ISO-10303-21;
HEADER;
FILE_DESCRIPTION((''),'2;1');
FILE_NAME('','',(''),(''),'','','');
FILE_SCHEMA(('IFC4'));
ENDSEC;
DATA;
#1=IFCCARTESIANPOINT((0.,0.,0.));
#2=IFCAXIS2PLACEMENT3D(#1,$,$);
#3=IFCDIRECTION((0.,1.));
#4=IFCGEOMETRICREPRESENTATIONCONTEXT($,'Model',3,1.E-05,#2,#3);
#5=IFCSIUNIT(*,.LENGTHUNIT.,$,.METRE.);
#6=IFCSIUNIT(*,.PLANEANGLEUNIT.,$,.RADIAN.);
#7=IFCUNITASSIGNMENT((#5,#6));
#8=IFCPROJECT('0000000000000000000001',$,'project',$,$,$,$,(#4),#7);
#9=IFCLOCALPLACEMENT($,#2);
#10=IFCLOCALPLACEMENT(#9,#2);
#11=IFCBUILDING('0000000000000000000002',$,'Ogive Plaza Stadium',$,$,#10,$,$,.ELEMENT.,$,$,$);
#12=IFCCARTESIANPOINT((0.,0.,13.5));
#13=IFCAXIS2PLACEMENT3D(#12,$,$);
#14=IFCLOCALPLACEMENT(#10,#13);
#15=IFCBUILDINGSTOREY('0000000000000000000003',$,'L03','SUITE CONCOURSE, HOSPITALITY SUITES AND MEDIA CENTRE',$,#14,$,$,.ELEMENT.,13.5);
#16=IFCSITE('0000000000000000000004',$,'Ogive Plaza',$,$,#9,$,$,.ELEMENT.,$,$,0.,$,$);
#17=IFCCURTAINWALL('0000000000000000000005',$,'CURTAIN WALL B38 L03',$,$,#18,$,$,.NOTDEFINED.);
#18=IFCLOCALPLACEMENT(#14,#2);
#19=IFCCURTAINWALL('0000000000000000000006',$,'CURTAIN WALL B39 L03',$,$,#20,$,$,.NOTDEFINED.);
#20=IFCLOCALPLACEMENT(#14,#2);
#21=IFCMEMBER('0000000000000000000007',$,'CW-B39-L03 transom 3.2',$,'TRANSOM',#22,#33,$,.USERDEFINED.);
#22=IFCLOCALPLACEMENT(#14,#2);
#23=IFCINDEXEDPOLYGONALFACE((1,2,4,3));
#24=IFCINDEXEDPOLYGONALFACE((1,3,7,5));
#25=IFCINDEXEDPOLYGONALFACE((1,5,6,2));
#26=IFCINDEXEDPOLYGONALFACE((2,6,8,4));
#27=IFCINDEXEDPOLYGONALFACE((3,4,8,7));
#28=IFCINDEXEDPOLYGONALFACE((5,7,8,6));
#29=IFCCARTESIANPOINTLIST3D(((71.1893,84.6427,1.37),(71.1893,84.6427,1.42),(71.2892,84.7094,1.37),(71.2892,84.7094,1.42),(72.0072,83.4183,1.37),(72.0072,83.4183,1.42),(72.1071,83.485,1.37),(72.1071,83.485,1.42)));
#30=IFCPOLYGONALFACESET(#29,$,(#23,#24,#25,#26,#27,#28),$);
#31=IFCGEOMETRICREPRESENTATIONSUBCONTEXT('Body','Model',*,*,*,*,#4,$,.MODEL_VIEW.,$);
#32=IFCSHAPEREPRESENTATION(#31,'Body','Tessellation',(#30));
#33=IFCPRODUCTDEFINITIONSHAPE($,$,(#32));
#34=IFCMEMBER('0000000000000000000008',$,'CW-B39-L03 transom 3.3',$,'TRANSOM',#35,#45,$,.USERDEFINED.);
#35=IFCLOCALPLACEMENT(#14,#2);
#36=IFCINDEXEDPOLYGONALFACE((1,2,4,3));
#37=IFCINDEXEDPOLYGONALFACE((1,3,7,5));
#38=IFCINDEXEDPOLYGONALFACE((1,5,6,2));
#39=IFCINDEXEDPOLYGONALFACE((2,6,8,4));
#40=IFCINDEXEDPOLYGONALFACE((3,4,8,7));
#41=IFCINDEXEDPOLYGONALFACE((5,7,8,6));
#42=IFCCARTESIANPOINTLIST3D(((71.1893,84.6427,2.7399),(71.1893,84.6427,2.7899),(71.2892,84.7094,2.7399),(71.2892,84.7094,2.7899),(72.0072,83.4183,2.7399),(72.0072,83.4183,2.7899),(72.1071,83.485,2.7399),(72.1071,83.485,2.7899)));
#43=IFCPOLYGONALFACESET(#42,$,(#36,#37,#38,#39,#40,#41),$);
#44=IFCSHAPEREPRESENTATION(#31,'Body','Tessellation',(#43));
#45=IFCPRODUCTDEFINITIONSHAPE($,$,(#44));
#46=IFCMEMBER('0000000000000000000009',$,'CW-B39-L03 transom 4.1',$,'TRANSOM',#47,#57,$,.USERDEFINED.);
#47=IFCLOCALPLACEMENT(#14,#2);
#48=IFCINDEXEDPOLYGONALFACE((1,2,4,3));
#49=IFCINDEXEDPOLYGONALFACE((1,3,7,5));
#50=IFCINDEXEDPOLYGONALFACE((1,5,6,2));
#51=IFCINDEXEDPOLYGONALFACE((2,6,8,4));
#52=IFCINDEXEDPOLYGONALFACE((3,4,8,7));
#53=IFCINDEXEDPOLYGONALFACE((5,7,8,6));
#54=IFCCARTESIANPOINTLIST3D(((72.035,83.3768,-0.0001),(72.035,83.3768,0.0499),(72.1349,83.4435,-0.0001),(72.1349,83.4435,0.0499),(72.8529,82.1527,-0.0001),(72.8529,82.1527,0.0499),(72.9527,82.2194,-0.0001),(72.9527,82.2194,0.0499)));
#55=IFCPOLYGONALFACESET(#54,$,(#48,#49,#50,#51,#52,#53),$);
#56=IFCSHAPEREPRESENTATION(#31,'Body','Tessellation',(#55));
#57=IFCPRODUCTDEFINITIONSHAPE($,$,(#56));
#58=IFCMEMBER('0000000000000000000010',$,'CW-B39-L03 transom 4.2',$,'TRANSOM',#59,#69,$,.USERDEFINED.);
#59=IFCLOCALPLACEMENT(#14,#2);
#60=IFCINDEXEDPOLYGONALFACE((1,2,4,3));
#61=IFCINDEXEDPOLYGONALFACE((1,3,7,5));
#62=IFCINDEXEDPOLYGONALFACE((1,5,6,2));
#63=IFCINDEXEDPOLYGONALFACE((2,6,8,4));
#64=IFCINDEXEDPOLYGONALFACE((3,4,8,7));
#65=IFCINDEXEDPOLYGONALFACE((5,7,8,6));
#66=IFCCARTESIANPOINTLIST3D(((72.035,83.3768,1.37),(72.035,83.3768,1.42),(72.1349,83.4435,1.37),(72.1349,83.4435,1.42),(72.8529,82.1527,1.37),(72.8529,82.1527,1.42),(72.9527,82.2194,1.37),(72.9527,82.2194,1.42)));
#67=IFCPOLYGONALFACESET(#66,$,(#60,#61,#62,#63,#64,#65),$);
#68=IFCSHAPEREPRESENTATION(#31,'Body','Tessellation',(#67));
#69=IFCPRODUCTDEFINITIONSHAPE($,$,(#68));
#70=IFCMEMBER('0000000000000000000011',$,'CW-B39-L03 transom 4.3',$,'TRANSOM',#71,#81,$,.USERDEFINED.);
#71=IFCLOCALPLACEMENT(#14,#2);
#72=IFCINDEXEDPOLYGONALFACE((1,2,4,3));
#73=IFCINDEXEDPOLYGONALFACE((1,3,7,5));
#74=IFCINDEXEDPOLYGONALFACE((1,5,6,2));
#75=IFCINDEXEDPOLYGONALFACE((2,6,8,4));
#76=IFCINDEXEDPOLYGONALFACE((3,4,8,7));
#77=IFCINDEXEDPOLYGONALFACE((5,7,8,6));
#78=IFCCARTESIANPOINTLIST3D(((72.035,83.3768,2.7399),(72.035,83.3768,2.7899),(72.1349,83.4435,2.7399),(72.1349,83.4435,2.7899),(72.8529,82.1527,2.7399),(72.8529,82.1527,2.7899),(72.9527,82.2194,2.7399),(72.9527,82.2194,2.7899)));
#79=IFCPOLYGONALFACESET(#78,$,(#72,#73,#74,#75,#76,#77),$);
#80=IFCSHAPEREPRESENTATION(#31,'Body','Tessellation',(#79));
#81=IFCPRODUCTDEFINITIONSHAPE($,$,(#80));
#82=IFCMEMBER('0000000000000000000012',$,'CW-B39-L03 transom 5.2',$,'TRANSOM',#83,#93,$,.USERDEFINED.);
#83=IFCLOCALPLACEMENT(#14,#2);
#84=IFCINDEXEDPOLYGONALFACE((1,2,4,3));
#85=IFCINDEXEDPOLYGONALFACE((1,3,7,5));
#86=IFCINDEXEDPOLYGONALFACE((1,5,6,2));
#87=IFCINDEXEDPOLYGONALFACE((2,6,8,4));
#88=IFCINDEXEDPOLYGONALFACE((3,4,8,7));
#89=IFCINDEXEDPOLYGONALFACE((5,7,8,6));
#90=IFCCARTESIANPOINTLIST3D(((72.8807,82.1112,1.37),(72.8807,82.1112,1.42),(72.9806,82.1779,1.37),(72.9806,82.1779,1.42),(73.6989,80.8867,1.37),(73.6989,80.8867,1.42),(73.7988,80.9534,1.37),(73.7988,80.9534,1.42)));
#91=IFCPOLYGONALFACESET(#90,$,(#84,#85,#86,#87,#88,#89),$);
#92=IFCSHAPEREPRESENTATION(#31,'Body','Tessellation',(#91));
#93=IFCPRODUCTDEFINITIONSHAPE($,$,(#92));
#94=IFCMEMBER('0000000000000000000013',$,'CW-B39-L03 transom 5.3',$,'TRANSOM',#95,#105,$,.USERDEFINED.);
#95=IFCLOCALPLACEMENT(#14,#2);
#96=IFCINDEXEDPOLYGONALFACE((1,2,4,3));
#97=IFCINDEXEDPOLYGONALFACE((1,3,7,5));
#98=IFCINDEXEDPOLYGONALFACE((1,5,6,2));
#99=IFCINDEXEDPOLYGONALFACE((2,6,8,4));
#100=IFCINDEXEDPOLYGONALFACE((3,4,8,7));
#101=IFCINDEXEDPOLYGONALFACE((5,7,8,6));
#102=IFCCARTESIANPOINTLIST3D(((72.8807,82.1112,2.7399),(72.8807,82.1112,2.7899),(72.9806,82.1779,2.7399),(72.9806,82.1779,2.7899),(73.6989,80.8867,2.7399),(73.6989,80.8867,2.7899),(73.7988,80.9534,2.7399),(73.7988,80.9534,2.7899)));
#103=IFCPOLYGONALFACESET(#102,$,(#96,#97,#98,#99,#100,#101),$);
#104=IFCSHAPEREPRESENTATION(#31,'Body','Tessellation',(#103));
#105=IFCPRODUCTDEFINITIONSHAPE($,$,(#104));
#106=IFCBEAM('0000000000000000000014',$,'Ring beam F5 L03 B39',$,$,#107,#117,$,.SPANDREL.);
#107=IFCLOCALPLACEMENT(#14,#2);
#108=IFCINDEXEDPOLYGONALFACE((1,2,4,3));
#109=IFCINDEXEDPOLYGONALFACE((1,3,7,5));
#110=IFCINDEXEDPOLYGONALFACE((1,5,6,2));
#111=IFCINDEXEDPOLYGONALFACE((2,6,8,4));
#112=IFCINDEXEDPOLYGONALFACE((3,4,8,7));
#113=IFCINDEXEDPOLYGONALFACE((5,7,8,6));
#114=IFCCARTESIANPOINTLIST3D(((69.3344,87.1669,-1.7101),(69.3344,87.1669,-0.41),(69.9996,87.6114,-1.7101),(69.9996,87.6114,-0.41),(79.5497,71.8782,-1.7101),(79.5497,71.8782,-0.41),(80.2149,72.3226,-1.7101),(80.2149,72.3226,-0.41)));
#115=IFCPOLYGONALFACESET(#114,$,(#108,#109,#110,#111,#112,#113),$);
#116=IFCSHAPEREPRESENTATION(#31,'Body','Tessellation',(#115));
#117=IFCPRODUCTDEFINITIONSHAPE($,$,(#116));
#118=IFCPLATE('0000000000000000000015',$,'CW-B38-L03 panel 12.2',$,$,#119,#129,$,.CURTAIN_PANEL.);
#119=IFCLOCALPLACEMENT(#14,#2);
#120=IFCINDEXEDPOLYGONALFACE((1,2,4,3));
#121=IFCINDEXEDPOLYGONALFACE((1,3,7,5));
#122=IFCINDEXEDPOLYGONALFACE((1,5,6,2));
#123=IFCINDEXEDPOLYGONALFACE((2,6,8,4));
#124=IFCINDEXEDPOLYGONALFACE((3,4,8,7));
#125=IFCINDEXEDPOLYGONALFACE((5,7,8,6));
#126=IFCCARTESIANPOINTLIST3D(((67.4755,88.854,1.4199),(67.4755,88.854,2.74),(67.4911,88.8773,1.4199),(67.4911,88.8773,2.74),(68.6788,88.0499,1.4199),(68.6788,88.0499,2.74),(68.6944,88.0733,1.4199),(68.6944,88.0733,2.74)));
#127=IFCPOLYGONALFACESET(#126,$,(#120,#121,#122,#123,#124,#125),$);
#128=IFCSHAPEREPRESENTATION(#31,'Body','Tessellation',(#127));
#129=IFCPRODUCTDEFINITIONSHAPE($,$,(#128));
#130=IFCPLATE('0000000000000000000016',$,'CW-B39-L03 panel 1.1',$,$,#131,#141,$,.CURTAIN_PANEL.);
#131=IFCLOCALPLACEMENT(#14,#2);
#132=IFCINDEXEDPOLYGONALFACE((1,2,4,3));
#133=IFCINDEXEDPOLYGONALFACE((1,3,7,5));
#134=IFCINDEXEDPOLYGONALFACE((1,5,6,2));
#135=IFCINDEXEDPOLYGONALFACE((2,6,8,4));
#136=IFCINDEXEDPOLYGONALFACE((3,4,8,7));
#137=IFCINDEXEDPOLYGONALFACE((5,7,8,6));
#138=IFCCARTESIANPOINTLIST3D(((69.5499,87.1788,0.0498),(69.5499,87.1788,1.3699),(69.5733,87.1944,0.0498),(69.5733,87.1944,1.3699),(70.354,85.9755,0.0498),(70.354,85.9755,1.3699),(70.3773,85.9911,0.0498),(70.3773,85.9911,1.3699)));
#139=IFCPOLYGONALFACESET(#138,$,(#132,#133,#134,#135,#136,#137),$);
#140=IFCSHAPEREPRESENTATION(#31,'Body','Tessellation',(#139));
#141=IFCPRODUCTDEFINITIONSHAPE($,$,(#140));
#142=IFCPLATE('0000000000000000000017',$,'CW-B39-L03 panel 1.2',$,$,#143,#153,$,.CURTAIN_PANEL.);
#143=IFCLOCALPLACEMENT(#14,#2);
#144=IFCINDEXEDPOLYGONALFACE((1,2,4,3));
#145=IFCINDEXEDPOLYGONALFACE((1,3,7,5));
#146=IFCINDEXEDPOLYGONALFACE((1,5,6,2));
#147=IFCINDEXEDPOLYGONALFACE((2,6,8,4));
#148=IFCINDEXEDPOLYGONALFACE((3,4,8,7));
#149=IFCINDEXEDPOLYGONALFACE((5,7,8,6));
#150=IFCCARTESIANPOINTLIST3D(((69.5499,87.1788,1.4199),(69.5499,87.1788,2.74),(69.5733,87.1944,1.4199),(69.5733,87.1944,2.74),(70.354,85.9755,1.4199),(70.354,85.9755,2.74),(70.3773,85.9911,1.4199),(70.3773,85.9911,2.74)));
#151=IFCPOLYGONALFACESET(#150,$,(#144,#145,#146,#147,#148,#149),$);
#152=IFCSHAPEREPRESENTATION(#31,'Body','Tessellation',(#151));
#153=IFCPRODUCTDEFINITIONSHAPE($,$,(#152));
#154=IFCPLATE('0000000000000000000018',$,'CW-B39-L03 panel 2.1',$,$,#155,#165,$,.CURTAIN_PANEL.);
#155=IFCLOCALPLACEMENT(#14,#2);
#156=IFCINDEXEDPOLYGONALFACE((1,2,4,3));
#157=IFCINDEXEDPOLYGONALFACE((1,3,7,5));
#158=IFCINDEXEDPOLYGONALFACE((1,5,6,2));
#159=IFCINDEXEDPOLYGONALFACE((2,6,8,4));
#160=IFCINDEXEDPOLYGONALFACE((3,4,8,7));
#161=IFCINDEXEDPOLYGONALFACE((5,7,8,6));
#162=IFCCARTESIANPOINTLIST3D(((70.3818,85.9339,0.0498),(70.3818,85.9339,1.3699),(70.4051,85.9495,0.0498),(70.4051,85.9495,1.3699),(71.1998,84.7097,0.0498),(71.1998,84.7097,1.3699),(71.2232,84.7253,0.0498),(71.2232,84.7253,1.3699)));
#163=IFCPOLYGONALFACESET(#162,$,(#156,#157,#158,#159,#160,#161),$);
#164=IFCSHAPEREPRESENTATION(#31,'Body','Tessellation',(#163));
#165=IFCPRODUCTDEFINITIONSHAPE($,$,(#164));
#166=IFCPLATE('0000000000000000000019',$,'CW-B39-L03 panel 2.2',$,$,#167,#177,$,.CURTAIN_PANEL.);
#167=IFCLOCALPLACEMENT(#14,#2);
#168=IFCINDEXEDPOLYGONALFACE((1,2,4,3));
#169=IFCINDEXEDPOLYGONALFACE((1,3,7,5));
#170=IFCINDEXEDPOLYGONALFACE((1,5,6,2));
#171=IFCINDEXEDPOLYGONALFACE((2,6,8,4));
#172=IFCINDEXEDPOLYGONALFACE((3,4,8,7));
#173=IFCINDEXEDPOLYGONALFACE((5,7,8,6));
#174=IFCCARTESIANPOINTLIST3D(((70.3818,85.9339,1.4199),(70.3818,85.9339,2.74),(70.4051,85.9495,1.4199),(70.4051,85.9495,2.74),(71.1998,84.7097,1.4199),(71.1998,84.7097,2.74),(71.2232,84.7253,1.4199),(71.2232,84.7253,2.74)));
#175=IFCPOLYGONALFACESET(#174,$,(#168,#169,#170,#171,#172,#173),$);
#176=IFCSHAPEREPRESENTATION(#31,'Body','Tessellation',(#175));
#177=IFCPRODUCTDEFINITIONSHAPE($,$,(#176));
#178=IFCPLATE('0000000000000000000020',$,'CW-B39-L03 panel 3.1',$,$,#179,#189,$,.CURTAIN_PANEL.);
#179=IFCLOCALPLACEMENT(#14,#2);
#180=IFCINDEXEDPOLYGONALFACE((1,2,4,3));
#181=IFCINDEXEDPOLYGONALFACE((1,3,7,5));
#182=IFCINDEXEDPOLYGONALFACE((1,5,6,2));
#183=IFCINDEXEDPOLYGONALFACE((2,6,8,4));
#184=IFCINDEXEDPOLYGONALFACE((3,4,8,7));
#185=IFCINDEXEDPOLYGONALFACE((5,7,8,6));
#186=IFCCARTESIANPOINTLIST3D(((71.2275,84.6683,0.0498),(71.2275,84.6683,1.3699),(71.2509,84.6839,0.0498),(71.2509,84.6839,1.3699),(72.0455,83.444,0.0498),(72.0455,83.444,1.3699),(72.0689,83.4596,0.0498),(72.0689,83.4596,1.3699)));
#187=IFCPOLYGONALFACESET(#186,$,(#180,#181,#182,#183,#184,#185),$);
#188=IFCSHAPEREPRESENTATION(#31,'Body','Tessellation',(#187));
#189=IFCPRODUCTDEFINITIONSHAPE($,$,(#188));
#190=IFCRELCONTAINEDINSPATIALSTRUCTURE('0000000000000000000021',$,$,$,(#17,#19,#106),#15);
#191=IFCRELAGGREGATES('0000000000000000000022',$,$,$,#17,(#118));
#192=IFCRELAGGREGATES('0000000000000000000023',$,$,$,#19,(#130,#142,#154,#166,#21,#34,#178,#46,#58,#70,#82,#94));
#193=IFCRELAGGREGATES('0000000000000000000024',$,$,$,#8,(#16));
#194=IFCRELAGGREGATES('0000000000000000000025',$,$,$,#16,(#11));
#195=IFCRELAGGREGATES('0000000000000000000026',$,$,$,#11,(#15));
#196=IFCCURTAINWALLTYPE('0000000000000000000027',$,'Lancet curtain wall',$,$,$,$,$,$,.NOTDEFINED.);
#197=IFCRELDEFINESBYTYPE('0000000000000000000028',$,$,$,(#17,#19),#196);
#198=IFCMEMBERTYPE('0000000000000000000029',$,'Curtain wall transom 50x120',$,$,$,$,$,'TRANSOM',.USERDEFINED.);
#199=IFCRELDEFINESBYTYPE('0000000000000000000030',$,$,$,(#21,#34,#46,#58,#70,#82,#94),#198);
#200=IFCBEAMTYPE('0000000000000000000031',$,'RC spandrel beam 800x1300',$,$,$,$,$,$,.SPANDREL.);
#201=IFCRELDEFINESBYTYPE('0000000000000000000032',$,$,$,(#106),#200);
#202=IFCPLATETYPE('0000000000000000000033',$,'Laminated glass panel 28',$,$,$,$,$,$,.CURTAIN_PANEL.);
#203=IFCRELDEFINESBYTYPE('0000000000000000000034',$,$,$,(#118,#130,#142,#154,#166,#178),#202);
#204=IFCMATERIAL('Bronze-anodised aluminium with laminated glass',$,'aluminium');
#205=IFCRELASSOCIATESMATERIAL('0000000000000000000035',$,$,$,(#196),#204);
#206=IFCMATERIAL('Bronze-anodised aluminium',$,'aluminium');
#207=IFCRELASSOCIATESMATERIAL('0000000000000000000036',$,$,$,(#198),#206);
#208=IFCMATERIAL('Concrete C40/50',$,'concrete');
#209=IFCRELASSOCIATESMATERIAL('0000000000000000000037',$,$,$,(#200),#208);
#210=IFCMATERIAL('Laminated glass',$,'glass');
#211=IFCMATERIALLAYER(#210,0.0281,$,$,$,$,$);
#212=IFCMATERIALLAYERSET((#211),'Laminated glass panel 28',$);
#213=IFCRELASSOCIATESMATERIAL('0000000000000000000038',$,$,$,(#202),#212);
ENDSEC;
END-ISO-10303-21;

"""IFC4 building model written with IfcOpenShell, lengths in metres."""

from ifc_helpers import new_model, si_unit, direction, frame, origin, origin_2d, place, context, subcontext, project, spatial, rectangle, extrude, material, layer, layer_set, material_profile, profile_set, type_object, element, aggregate, save


model = new_model("IFC4")

# Units and contexts
model_context = context("Model", 3, precision=1e-05, world=origin(), true_north=direction((0.0, 1.0)))
body_context = subcontext(model_context, "Body", "Model", "MODEL_VIEW")
ifc_project = project(units=[si_unit("LENGTHUNIT", "METRE"), si_unit("PLANEANGLEUNIT", "RADIAN")], contexts=[model_context])

# Site, building, storey
site_placement = place(None, origin())
site = spatial("IfcSite", under=ifc_project, at=site_placement, Name="Ogive Plaza", CompositionType="ELEMENT", RefElevation=0.0)
building_placement = place(site_placement, origin())
building = spatial("IfcBuilding", under=site, at=building_placement, Name="Ogive Plaza Stadium", CompositionType="ELEMENT")
storey_placement = place(building_placement, frame((0.0, 0.0, 13.5)))
storey = spatial("IfcBuildingStorey", under=building, at=storey_placement, Name="L03", Description="SUITE CONCOURSE, HOSPITALITY SUITES AND MEDIA CENTRE", CompositionType="ELEMENT", Elevation=13.5)

# Curtain wall
ifc_material_1 = material(Name="Bronze-anodised aluminium with laminated glass", Category="aluminium")
curtain_wall_type = type_object("IfcCurtainWallType", Name="Lancet curtain wall", PredefinedType="NOTDEFINED", material=ifc_material_1)
curtain_wall_1_placement = place(storey_placement, origin())
curtain_wall_1 = element("IfcCurtainWall", 1, at=curtain_wall_1_placement, inside=storey, type_object=curtain_wall_type, Name="CURTAIN WALL B38 L03", PredefinedType="NOTDEFINED")

# Curtain wall, members
curtain_wall_2_placement = place(storey_placement, origin())
curtain_wall_2 = element("IfcCurtainWall", 2, at=curtain_wall_2_placement, inside=storey, type_object=curtain_wall_type, Name="CURTAIN WALL B39 L03", PredefinedType="NOTDEFINED")
ifc_material_2 = material(Name="Bronze-anodised aluminium", Category="aluminium")
ifc_material_profile_1 = material_profile(ifc_material_2, rectangle(XDim=0.1201, YDim=0.05, at=origin_2d()), Name="AL 120x50")
ifc_profile_set_1 = profile_set([ifc_material_profile_1], Name="Bronze-anodised aluminium")
member_type_1 = type_object("IfcMemberType", Name="Curtain wall transom 50x120", ElementType="TRANSOM", PredefinedType="USERDEFINED", material=ifc_profile_set_1)
member_1_placement = place(storey_placement, frame((71.2393, 84.676, 1.395), z_axis=(0.555465, -0.83154, 0.0), x_axis=(0.83154, 0.555465, 0.0)))
member_1 = element("IfcMember", 3, at=member_1_placement, type_object=member_type_1, Name="CW-B39-L03 transom 3.2", ObjectType="TRANSOM", PredefinedType="USERDEFINED", context=body_context, shape_type="SweptSolid", body=[
    extrude(rectangle(XDim=0.1201, YDim=0.05, at=origin_2d()), origin(), (0.0, 0.0, 1.0), 1.4724),
])
member_2_placement = place(storey_placement, frame((71.2393, 84.676, 2.7649), z_axis=(0.555465, -0.83154, 0.0), x_axis=(0.83154, 0.555465, 0.0)))
member_2 = element("IfcMember", 4, at=member_2_placement, type_object=member_type_1, Name="CW-B39-L03 transom 3.3", ObjectType="TRANSOM", PredefinedType="USERDEFINED", context=body_context, shape_type="SweptSolid", body=[
    extrude(rectangle(XDim=0.1201, YDim=0.05, at=origin_2d()), origin(), (0.0, 0.0, 1.0), 1.4724),
])
member_3_placement = place(storey_placement, frame((72.085, 83.4102, 0.0249), z_axis=(0.555542, -0.831489, 0.0), x_axis=(0.831489, 0.555542, 0.0)))
member_3 = element("IfcMember", 5, at=member_3_placement, type_object=member_type_1, Name="CW-B39-L03 transom 4.1", ObjectType="TRANSOM", PredefinedType="USERDEFINED", context=body_context, shape_type="SweptSolid", body=[
    extrude(rectangle(XDim=0.1201, YDim=0.05, at=origin_2d()), origin(), (0.0, 0.0, 1.0), 1.4722),
])
member_4_placement = place(storey_placement, frame((72.085, 83.4102, 1.395), z_axis=(0.555542, -0.831489, 0.0), x_axis=(0.831489, 0.555542, 0.0)))
member_4 = element("IfcMember", 6, at=member_4_placement, type_object=member_type_1, Name="CW-B39-L03 transom 4.2", ObjectType="TRANSOM", PredefinedType="USERDEFINED", context=body_context, shape_type="SweptSolid", body=[
    extrude(rectangle(XDim=0.1201, YDim=0.05, at=origin_2d()), origin(), (0.0, 0.0, 1.0), 1.4722),
])
member_5_placement = place(storey_placement, frame((72.085, 83.4102, 2.7649), z_axis=(0.555542, -0.831489, 0.0), x_axis=(0.831489, 0.555542, 0.0)))
member_5 = element("IfcMember", 7, at=member_5_placement, type_object=member_type_1, Name="CW-B39-L03 transom 4.3", ObjectType="TRANSOM", PredefinedType="USERDEFINED", context=body_context, shape_type="SweptSolid", body=[
    extrude(rectangle(XDim=0.1201, YDim=0.05, at=origin_2d()), origin(), (0.0, 0.0, 1.0), 1.4722),
])
member_6_placement = place(storey_placement, frame((72.9307, 82.1445, 1.395), z_axis=(0.55558, -0.831463, 0.0), x_axis=(0.831463, 0.55558, 0.0)))
member_6 = element("IfcMember", 8, at=member_6_placement, type_object=member_type_1, Name="CW-B39-L03 transom 5.2", ObjectType="TRANSOM", PredefinedType="USERDEFINED", context=body_context, shape_type="SweptSolid", body=[
    extrude(rectangle(XDim=0.1201, YDim=0.05, at=origin_2d()), origin(), (0.0, 0.0, 1.0), 1.4727),
])
member_7_placement = place(storey_placement, frame((72.9307, 82.1445, 2.7649), z_axis=(0.55558, -0.831463, 0.0), x_axis=(0.831463, 0.55558, 0.0)))
member_7 = element("IfcMember", 9, at=member_7_placement, type_object=member_type_1, Name="CW-B39-L03 transom 5.3", ObjectType="TRANSOM", PredefinedType="USERDEFINED", context=body_context, shape_type="SweptSolid", body=[
    extrude(rectangle(XDim=0.1201, YDim=0.05, at=origin_2d()), origin(), (0.0, 0.0, 1.0), 1.4727),
])

# Beam
ifc_material_3 = material(Name="Concrete C40/50", Category="concrete")
ifc_material_profile_2 = material_profile(ifc_material_3, rectangle(XDim=0.8, YDim=1.3, at=origin_2d()), Name="RC 800x1300")
ifc_profile_set_2 = profile_set([ifc_material_profile_2], Name="Concrete C40/50")
beam_type = type_object("IfcBeamType", Name="RC spandrel beam 800x1300", PredefinedType="SPANDREL", material=ifc_profile_set_2)
beam_placement = place(storey_placement, frame((69.667, 87.3892, -1.0601), z_axis=(0.555558, -0.831478, 0.0), x_axis=(0.831478, 0.555558, 0.0)))
element("IfcBeam", 10, at=beam_placement, inside=storey, type_object=beam_type, Name="Ring beam F5 L03 B39", PredefinedType="SPANDREL", context=body_context, shape_type="SweptSolid", body=[
    extrude(rectangle(XDim=0.8, YDim=1.3, at=origin_2d()), origin(), (0.0, 0.0, 1.0), 18.3875),
])

# Plates
ifc_material_4 = material(Name="Laminated glass", Category="glass")
ifc_layer_1 = layer(ifc_material_4, 0.0281)
ifc_layer_set_1 = layer_set([ifc_layer_1], Name="Laminated glass panel 28")
plate_type = type_object("IfcPlateType", Name="Laminated glass panel 28", PredefinedType="CURTAIN_PANEL", material=ifc_layer_set_1)
plate_1_placement = place(storey_placement, frame((68.085, 88.4636, 1.4199), z_axis=(0.0, 0.0, 1.0), x_axis=(0.83147, -0.55557, 0.0)))
plate_1 = element("IfcPlate", 11, at=plate_1_placement, type_object=plate_type, Name="CW-B38-L03 panel 12.2", PredefinedType="CURTAIN_PANEL", context=body_context, shape_type="SweptSolid", body=[
    extrude(rectangle(XDim=1.4473, YDim=0.0281, at=origin_2d()), origin(), (0.0, 0.0, 1.0), 1.3201),
])
aggregate(curtain_wall_1, [plate_1])
plate_2_placement = place(storey_placement, frame((69.9636, 86.585, 0.0498), z_axis=(0.0, 0.0, 1.0), x_axis=(0.55557, -0.83147, 0.0)))
plate_2 = element("IfcPlate", 12, at=plate_2_placement, type_object=plate_type, Name="CW-B39-L03 panel 1.1", PredefinedType="CURTAIN_PANEL", context=body_context, shape_type="SweptSolid", body=[
    extrude(rectangle(XDim=1.4473, YDim=0.0281, at=origin_2d()), origin(), (0.0, 0.0, 1.0), 1.3201),
])
plate_3_placement = place(storey_placement, frame((69.9636, 86.585, 1.4199), z_axis=(0.0, 0.0, 1.0), x_axis=(0.55557, -0.83147, 0.0)))
plate_3 = element("IfcPlate", 13, at=plate_3_placement, type_object=plate_type, Name="CW-B39-L03 panel 1.2", PredefinedType="CURTAIN_PANEL", context=body_context, shape_type="SweptSolid", body=[
    extrude(rectangle(XDim=1.4473, YDim=0.0281, at=origin_2d()), origin(), (0.0, 0.0, 1.0), 1.3201),
])
plate_4_placement = place(storey_placement, frame((70.8025, 85.3296, 0.0498), z_axis=(0.0, 0.0, 1.0), x_axis=(0.55557, -0.83147, 0.0)))
plate_4 = element("IfcPlate", 14, at=plate_4_placement, type_object=plate_type, Name="CW-B39-L03 panel 2.1", PredefinedType="CURTAIN_PANEL", context=body_context, shape_type="SweptSolid", body=[
    extrude(rectangle(XDim=1.4724, YDim=0.0281, at=origin_2d()), origin(), (0.0, 0.0, 1.0), 1.3201),
])
plate_5_placement = place(storey_placement, frame((70.8025, 85.3296, 1.4199), z_axis=(0.0, 0.0, 1.0), x_axis=(0.55557, -0.83147, 0.0)))
plate_5 = element("IfcPlate", 15, at=plate_5_placement, type_object=plate_type, Name="CW-B39-L03 panel 2.2", PredefinedType="CURTAIN_PANEL", context=body_context, shape_type="SweptSolid", body=[
    extrude(rectangle(XDim=1.4724, YDim=0.0281, at=origin_2d()), origin(), (0.0, 0.0, 1.0), 1.3201),
])
plate_6_placement = place(storey_placement, frame((71.6482, 84.064, 0.0498), z_axis=(0.0, 0.0, 1.0), x_axis=(0.55557, -0.83147, 0.0)))
plate_6 = element("IfcPlate", 16, at=plate_6_placement, type_object=plate_type, Name="CW-B39-L03 panel 3.1", PredefinedType="CURTAIN_PANEL", context=body_context, shape_type="SweptSolid", body=[
    extrude(rectangle(XDim=1.4724, YDim=0.0281, at=origin_2d()), origin(), (0.0, 0.0, 1.0), 1.3201),
])
aggregate(curtain_wall_2, [plate_2, plate_3, plate_4, plate_5, member_1, member_2, plate_6, member_3, member_4, member_5, member_6, member_7])

save(model, "model.ifc")
